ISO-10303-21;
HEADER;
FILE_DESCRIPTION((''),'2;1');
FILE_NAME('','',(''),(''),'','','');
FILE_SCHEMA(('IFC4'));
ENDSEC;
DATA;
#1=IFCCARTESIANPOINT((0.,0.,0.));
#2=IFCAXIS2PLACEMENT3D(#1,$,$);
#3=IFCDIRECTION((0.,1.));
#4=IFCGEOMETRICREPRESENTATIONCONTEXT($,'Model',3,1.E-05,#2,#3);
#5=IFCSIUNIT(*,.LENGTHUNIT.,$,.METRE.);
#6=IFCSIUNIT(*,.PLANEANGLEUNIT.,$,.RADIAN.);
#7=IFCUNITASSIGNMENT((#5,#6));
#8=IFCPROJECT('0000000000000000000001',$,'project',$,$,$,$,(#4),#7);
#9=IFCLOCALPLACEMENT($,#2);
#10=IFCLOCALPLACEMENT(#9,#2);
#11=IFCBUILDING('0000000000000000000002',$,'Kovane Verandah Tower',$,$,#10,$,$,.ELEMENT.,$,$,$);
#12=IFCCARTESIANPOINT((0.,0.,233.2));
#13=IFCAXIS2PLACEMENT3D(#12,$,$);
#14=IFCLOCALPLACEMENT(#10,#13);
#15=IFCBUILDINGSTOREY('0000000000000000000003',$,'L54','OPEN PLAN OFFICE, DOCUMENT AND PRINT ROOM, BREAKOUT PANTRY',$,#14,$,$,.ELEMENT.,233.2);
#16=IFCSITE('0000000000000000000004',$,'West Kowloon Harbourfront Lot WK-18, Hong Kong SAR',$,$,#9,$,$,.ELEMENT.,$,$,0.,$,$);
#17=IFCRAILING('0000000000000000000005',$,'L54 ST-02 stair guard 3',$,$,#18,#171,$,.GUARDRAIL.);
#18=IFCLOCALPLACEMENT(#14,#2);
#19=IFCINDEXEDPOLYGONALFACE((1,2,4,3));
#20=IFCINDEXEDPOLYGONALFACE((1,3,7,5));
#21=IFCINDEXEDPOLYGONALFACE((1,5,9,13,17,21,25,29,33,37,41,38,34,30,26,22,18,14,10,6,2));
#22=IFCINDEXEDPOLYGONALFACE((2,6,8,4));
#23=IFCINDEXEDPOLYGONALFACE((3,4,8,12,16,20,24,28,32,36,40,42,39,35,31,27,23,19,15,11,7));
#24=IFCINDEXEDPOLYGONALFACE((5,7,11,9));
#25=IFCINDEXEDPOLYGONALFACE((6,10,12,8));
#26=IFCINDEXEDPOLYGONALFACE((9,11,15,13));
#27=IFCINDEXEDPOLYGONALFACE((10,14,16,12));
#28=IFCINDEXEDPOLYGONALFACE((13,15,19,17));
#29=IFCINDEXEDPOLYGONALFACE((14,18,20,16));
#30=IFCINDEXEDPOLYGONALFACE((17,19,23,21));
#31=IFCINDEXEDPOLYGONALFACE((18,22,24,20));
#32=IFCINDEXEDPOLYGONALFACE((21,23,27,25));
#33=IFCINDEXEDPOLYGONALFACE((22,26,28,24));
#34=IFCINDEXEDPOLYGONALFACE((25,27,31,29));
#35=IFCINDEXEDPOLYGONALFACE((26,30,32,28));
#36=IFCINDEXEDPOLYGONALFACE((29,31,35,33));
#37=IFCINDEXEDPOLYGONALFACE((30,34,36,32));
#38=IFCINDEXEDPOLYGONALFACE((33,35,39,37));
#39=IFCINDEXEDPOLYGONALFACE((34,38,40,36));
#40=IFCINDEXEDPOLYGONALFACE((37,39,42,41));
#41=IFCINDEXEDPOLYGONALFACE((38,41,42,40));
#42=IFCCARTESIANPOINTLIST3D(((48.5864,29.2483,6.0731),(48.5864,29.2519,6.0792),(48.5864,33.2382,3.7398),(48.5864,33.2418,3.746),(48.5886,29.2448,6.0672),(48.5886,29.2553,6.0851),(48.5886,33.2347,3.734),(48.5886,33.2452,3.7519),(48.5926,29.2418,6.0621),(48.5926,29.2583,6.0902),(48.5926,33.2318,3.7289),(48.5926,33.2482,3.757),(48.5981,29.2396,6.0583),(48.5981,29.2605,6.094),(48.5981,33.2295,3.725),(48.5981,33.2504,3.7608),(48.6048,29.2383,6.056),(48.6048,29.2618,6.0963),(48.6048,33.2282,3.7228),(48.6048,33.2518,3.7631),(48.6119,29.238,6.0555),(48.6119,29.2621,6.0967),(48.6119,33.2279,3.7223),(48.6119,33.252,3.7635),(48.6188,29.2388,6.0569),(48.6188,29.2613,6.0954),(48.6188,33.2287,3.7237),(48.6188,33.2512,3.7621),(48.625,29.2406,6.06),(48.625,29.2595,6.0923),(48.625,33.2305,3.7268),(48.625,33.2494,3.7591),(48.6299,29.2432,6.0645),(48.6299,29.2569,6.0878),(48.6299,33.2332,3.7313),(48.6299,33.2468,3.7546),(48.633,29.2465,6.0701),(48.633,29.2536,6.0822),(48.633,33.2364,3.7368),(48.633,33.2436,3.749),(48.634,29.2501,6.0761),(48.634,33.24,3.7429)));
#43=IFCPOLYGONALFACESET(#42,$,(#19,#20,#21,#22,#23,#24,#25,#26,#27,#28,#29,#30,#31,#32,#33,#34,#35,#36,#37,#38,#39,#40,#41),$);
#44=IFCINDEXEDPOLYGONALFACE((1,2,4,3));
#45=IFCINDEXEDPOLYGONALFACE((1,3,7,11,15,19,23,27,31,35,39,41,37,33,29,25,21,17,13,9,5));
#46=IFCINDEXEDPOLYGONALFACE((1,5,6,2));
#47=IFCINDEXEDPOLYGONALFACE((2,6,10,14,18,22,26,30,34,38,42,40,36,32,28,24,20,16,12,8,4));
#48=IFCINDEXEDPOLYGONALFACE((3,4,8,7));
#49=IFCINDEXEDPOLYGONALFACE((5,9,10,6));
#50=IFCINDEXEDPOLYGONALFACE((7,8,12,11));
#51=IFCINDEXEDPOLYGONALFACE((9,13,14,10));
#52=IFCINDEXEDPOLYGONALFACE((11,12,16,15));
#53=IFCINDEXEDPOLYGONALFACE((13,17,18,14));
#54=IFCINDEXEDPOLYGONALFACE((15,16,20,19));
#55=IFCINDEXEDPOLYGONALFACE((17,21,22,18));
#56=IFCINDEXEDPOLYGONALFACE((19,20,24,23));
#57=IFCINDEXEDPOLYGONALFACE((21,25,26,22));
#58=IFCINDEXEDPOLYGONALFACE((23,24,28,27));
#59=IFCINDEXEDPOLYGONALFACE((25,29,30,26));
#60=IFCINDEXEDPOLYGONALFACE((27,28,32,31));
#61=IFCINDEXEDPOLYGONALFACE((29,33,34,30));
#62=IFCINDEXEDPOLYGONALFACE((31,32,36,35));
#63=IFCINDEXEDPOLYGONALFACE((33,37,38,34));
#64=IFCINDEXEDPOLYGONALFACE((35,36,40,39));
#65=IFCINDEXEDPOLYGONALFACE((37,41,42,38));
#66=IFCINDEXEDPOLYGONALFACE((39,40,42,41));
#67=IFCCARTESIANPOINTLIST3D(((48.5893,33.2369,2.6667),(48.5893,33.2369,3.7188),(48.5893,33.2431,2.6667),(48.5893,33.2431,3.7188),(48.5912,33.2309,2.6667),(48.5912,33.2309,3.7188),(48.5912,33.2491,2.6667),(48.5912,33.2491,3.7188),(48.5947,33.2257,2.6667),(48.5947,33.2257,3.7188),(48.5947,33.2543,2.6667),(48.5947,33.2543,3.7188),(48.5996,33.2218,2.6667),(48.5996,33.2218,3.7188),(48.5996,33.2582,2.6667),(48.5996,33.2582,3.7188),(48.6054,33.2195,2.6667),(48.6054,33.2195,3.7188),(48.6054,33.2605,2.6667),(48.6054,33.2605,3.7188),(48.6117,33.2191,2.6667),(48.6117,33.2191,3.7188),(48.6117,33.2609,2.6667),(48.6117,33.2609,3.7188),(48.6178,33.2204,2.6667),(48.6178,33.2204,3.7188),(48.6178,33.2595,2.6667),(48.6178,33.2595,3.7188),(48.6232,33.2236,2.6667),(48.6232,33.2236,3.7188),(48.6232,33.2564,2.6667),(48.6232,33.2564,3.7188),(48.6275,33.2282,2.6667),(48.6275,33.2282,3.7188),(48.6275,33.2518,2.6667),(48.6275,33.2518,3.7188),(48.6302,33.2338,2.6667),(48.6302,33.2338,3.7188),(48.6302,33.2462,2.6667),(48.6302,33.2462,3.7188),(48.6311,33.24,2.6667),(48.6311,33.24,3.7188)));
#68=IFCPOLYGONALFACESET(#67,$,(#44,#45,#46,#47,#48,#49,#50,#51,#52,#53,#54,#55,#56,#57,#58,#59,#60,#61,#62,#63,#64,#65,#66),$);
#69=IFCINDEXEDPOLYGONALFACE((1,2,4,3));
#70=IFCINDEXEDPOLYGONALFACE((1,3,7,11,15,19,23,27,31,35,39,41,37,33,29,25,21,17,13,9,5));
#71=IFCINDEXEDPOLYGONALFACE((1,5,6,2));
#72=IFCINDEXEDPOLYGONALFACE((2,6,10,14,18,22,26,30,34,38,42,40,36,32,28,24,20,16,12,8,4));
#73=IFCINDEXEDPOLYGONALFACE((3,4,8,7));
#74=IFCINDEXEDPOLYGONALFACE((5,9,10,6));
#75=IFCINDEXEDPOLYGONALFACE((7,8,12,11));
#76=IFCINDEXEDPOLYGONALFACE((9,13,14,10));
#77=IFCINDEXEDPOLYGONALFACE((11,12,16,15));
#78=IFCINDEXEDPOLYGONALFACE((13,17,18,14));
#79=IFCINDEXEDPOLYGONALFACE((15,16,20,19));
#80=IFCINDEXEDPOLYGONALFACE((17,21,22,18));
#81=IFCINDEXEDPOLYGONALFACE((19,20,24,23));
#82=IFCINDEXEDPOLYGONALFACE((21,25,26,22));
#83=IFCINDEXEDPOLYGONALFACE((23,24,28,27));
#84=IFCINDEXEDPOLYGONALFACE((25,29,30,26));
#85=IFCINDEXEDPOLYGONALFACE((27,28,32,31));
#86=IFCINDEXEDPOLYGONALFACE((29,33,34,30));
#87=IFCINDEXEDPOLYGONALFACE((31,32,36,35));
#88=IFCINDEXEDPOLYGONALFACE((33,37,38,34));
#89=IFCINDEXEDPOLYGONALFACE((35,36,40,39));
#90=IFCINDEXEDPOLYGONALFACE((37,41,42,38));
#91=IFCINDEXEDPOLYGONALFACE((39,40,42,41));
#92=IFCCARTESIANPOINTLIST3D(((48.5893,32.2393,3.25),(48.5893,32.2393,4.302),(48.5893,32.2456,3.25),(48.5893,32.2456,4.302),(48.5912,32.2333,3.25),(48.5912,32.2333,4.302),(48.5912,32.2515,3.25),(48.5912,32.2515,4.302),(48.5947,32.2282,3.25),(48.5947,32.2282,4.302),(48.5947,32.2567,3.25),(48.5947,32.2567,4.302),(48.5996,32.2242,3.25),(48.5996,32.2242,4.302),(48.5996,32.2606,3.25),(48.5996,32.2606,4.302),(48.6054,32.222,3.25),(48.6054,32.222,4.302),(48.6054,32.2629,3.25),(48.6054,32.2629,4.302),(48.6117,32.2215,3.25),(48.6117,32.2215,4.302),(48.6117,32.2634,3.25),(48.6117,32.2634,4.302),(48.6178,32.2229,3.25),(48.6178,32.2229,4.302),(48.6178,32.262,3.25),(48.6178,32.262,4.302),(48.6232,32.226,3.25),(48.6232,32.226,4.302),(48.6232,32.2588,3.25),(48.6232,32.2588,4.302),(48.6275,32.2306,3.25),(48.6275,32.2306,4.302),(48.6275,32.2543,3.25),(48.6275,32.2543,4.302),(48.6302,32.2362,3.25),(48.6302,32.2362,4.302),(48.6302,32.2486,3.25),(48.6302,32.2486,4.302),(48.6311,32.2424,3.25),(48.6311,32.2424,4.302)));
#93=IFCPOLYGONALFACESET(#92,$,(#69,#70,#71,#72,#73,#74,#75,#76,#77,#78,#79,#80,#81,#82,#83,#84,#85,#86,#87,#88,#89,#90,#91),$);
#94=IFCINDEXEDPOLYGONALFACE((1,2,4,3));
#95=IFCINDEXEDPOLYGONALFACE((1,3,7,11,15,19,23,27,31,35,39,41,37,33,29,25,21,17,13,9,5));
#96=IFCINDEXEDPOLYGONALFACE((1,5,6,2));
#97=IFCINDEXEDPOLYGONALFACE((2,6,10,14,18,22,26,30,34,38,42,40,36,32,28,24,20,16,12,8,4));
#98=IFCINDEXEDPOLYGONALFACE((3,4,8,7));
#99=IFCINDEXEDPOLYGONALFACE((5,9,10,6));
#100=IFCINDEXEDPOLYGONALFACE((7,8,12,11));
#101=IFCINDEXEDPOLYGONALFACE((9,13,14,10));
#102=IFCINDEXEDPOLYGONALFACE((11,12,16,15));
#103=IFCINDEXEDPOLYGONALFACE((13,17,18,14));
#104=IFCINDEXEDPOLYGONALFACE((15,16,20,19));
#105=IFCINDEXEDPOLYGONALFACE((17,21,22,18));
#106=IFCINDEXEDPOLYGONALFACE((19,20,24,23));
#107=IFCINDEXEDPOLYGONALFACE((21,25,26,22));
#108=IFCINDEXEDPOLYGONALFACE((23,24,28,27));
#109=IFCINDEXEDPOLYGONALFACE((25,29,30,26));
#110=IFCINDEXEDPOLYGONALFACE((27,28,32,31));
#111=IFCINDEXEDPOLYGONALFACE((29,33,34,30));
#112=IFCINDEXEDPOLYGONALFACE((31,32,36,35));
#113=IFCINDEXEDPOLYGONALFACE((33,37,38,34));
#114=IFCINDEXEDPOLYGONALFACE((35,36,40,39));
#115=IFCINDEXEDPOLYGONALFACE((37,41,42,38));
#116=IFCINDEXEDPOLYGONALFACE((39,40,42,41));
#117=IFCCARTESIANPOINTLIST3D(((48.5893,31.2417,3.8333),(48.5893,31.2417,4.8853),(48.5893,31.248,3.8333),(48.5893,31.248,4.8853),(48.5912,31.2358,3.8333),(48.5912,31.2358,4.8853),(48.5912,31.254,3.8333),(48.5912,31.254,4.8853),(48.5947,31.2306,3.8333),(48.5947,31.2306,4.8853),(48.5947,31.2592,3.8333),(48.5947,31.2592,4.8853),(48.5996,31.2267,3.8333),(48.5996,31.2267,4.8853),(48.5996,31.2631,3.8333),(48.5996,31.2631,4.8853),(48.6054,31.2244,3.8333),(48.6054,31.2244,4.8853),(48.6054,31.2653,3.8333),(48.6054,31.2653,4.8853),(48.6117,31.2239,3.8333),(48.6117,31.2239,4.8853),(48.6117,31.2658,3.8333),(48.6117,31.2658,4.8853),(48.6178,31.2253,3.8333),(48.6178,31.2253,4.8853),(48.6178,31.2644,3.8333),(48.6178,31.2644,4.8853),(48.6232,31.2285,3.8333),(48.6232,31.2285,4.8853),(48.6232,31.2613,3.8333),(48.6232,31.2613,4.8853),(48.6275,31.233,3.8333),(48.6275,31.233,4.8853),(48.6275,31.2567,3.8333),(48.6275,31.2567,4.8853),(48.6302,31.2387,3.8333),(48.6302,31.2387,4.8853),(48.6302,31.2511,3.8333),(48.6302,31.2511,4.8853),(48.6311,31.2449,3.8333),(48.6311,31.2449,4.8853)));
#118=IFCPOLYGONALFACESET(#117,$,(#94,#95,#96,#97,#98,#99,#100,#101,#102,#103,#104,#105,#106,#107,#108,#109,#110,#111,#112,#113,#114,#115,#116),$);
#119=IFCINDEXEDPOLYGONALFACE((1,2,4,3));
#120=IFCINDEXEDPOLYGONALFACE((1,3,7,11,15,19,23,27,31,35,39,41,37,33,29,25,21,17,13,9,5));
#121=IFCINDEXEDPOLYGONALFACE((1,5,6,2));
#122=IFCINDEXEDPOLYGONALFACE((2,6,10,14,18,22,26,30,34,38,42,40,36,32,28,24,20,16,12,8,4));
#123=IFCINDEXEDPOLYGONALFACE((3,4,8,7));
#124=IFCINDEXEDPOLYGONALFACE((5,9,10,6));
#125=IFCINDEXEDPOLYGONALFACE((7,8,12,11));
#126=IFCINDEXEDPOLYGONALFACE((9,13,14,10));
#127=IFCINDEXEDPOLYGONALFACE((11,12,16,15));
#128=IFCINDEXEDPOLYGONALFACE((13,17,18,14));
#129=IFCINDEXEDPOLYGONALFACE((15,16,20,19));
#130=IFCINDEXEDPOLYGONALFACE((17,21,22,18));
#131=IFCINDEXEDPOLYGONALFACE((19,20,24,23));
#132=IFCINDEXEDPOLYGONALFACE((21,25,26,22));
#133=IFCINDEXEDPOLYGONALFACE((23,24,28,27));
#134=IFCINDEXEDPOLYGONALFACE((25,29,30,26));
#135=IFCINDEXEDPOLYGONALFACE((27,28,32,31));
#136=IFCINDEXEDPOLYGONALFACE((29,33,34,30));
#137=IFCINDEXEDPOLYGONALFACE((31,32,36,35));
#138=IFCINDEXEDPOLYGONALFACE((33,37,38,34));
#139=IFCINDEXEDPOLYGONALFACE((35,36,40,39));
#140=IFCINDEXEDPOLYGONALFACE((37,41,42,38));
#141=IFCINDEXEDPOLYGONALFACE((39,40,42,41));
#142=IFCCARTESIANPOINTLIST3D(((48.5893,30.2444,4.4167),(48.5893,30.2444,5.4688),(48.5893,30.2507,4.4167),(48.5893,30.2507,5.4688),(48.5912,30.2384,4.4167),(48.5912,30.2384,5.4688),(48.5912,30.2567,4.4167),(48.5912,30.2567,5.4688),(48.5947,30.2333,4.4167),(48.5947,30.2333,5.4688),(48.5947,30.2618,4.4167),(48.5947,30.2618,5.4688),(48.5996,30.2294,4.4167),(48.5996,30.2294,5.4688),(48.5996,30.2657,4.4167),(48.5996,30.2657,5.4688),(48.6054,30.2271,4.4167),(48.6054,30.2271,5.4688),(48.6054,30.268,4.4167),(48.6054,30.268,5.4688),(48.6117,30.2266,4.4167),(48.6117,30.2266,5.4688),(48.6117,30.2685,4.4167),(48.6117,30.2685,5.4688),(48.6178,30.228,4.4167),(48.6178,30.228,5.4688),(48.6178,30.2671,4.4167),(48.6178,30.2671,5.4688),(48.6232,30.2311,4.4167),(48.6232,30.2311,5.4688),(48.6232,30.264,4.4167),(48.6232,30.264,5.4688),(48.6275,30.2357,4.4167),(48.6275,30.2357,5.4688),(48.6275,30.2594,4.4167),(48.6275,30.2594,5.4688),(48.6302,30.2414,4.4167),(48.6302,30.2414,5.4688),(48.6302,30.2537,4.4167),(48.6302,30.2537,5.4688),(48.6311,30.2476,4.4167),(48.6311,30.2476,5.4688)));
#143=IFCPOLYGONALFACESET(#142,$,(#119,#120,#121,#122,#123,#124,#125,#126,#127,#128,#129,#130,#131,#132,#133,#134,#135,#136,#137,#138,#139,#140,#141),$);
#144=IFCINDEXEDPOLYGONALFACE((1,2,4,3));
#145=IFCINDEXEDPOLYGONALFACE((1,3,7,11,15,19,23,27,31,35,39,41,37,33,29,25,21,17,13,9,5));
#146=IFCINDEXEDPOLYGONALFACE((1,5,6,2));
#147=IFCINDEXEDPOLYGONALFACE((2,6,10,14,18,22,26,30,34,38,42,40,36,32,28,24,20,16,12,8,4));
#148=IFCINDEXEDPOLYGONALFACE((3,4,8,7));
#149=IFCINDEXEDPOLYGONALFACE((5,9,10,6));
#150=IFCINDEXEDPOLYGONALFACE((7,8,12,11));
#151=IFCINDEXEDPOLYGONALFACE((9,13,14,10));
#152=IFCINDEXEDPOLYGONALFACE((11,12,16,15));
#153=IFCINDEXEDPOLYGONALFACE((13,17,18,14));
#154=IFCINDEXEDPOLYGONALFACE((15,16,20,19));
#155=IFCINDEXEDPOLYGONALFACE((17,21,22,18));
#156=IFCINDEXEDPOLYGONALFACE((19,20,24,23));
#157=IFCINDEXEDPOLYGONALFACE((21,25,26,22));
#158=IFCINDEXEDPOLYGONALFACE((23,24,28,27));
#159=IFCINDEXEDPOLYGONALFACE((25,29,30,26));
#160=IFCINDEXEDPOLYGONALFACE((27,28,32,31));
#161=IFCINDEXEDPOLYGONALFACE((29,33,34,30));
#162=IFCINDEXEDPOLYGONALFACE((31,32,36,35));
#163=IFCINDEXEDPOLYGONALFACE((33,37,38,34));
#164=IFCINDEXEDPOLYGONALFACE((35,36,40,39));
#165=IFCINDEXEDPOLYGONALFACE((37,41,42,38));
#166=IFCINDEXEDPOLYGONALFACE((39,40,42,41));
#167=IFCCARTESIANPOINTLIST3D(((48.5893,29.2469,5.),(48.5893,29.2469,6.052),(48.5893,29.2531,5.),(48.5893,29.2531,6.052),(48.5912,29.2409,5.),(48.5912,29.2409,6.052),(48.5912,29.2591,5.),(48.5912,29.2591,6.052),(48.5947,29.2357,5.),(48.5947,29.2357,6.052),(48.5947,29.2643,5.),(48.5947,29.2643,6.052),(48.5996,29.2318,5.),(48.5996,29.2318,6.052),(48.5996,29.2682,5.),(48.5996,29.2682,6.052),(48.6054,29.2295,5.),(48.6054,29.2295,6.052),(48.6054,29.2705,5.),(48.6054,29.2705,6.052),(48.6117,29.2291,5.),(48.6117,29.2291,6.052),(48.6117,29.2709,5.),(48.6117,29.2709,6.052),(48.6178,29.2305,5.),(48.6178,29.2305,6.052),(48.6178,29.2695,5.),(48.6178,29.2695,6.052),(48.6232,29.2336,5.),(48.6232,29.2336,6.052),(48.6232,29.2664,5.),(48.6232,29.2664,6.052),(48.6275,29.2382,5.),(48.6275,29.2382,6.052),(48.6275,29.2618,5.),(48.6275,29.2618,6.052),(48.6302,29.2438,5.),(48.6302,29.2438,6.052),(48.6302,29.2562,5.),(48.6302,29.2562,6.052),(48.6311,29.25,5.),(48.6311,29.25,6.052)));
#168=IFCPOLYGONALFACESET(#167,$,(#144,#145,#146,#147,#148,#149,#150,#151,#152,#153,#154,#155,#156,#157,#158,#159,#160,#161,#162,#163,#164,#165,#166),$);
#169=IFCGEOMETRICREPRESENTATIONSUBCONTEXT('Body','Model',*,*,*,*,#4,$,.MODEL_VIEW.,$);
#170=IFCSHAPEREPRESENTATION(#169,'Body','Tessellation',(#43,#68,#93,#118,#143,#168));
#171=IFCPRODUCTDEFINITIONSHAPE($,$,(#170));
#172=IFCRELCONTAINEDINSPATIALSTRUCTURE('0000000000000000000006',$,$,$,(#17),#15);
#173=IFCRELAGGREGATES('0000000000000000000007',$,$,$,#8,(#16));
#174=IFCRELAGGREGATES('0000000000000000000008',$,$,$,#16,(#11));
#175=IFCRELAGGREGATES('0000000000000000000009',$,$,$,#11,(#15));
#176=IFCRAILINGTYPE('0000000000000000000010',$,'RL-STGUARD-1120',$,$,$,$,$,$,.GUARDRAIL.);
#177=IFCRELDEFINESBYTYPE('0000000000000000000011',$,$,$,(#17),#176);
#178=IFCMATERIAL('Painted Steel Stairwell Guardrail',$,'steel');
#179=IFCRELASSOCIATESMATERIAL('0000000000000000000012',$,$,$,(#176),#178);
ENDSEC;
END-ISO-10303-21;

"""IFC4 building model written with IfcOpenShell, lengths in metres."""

from ifc_helpers import new_model, si_unit, direction, frame, origin, origin_2d, place, context, subcontext, project, spatial, circle, extrude, material, type_object, element, save


model = new_model("IFC4")

# Units and contexts
model_context = context("Model", 3, precision=1e-05, world=origin(), true_north=direction((0.0, 1.0)))
body_context = subcontext(model_context, "Body", "Model", "MODEL_VIEW")
ifc_project = project(units=[si_unit("LENGTHUNIT", "METRE"), si_unit("PLANEANGLEUNIT", "RADIAN")], contexts=[model_context])

# Site, building, storey
site_placement = place(None, origin())
site = spatial("IfcSite", under=ifc_project, at=site_placement, Name="West Kowloon Harbourfront Lot WK-18, Hong Kong SAR", CompositionType="ELEMENT", RefElevation=0.0)
building_placement = place(site_placement, origin())
building = spatial("IfcBuilding", under=site, at=building_placement, Name="Kovane Verandah Tower", CompositionType="ELEMENT")
storey_placement = place(building_placement, frame((0.0, 0.0, 233.2)))
storey = spatial("IfcBuildingStorey", under=building, at=storey_placement, Name="L54", Description="OPEN PLAN OFFICE, DOCUMENT AND PRINT ROOM, BREAKOUT PANTRY", CompositionType="ELEMENT", Elevation=233.2)

# Railing
ifc_material_1 = material(Name="Painted Steel Stairwell Guardrail", Category="steel")
railing_type_1 = type_object("IfcRailingType", Name="RL-STGUARD-1120", PredefinedType="GUARDRAIL", material=ifc_material_1)
for number, where, name in (
    (1, (48.6101, 33.24, 2.6667), "L54 ST-02 stair guard 3"),
):
    element("IfcRailing", number, at=place(storey_placement, frame(where)), inside=storey, type_object=railing_type_1, Name=name, PredefinedType="GUARDRAIL", context=body_context, shape_type="SweptSolid", body=[
        extrude(circle(Radius=0.0239, at=origin_2d()), frame((0.0, 0.0, 1.0762), z_axis=(0.0, -0.863236, 0.5048), x_axis=(1.0, 0.0, 0.0)), (0.0, 0.0, 1.0), 4.6221),
        extrude(circle(Radius=0.021, at=origin_2d()), origin(), (0.0, 0.0, 1.0), 1.052),
        extrude(circle(Radius=0.021, at=origin_2d()), frame((0.0, -0.9976, 0.5833)), (0.0, 0.0, 1.0), 1.052),
        extrude(circle(Radius=0.021, at=origin_2d()), frame((0.0, -1.9951, 1.1665)), (0.0, 0.0, 1.0), 1.052),
        extrude(circle(Radius=0.021, at=origin_2d()), frame((0.0, -2.9924, 1.75)), (0.0, 0.0, 1.0), 1.052),
        extrude(circle(Radius=0.021, at=origin_2d()), frame((0.0, -3.99, 2.3333)), (0.0, 0.0, 1.0), 1.052),
    ])

save(model, "model.ifc")
